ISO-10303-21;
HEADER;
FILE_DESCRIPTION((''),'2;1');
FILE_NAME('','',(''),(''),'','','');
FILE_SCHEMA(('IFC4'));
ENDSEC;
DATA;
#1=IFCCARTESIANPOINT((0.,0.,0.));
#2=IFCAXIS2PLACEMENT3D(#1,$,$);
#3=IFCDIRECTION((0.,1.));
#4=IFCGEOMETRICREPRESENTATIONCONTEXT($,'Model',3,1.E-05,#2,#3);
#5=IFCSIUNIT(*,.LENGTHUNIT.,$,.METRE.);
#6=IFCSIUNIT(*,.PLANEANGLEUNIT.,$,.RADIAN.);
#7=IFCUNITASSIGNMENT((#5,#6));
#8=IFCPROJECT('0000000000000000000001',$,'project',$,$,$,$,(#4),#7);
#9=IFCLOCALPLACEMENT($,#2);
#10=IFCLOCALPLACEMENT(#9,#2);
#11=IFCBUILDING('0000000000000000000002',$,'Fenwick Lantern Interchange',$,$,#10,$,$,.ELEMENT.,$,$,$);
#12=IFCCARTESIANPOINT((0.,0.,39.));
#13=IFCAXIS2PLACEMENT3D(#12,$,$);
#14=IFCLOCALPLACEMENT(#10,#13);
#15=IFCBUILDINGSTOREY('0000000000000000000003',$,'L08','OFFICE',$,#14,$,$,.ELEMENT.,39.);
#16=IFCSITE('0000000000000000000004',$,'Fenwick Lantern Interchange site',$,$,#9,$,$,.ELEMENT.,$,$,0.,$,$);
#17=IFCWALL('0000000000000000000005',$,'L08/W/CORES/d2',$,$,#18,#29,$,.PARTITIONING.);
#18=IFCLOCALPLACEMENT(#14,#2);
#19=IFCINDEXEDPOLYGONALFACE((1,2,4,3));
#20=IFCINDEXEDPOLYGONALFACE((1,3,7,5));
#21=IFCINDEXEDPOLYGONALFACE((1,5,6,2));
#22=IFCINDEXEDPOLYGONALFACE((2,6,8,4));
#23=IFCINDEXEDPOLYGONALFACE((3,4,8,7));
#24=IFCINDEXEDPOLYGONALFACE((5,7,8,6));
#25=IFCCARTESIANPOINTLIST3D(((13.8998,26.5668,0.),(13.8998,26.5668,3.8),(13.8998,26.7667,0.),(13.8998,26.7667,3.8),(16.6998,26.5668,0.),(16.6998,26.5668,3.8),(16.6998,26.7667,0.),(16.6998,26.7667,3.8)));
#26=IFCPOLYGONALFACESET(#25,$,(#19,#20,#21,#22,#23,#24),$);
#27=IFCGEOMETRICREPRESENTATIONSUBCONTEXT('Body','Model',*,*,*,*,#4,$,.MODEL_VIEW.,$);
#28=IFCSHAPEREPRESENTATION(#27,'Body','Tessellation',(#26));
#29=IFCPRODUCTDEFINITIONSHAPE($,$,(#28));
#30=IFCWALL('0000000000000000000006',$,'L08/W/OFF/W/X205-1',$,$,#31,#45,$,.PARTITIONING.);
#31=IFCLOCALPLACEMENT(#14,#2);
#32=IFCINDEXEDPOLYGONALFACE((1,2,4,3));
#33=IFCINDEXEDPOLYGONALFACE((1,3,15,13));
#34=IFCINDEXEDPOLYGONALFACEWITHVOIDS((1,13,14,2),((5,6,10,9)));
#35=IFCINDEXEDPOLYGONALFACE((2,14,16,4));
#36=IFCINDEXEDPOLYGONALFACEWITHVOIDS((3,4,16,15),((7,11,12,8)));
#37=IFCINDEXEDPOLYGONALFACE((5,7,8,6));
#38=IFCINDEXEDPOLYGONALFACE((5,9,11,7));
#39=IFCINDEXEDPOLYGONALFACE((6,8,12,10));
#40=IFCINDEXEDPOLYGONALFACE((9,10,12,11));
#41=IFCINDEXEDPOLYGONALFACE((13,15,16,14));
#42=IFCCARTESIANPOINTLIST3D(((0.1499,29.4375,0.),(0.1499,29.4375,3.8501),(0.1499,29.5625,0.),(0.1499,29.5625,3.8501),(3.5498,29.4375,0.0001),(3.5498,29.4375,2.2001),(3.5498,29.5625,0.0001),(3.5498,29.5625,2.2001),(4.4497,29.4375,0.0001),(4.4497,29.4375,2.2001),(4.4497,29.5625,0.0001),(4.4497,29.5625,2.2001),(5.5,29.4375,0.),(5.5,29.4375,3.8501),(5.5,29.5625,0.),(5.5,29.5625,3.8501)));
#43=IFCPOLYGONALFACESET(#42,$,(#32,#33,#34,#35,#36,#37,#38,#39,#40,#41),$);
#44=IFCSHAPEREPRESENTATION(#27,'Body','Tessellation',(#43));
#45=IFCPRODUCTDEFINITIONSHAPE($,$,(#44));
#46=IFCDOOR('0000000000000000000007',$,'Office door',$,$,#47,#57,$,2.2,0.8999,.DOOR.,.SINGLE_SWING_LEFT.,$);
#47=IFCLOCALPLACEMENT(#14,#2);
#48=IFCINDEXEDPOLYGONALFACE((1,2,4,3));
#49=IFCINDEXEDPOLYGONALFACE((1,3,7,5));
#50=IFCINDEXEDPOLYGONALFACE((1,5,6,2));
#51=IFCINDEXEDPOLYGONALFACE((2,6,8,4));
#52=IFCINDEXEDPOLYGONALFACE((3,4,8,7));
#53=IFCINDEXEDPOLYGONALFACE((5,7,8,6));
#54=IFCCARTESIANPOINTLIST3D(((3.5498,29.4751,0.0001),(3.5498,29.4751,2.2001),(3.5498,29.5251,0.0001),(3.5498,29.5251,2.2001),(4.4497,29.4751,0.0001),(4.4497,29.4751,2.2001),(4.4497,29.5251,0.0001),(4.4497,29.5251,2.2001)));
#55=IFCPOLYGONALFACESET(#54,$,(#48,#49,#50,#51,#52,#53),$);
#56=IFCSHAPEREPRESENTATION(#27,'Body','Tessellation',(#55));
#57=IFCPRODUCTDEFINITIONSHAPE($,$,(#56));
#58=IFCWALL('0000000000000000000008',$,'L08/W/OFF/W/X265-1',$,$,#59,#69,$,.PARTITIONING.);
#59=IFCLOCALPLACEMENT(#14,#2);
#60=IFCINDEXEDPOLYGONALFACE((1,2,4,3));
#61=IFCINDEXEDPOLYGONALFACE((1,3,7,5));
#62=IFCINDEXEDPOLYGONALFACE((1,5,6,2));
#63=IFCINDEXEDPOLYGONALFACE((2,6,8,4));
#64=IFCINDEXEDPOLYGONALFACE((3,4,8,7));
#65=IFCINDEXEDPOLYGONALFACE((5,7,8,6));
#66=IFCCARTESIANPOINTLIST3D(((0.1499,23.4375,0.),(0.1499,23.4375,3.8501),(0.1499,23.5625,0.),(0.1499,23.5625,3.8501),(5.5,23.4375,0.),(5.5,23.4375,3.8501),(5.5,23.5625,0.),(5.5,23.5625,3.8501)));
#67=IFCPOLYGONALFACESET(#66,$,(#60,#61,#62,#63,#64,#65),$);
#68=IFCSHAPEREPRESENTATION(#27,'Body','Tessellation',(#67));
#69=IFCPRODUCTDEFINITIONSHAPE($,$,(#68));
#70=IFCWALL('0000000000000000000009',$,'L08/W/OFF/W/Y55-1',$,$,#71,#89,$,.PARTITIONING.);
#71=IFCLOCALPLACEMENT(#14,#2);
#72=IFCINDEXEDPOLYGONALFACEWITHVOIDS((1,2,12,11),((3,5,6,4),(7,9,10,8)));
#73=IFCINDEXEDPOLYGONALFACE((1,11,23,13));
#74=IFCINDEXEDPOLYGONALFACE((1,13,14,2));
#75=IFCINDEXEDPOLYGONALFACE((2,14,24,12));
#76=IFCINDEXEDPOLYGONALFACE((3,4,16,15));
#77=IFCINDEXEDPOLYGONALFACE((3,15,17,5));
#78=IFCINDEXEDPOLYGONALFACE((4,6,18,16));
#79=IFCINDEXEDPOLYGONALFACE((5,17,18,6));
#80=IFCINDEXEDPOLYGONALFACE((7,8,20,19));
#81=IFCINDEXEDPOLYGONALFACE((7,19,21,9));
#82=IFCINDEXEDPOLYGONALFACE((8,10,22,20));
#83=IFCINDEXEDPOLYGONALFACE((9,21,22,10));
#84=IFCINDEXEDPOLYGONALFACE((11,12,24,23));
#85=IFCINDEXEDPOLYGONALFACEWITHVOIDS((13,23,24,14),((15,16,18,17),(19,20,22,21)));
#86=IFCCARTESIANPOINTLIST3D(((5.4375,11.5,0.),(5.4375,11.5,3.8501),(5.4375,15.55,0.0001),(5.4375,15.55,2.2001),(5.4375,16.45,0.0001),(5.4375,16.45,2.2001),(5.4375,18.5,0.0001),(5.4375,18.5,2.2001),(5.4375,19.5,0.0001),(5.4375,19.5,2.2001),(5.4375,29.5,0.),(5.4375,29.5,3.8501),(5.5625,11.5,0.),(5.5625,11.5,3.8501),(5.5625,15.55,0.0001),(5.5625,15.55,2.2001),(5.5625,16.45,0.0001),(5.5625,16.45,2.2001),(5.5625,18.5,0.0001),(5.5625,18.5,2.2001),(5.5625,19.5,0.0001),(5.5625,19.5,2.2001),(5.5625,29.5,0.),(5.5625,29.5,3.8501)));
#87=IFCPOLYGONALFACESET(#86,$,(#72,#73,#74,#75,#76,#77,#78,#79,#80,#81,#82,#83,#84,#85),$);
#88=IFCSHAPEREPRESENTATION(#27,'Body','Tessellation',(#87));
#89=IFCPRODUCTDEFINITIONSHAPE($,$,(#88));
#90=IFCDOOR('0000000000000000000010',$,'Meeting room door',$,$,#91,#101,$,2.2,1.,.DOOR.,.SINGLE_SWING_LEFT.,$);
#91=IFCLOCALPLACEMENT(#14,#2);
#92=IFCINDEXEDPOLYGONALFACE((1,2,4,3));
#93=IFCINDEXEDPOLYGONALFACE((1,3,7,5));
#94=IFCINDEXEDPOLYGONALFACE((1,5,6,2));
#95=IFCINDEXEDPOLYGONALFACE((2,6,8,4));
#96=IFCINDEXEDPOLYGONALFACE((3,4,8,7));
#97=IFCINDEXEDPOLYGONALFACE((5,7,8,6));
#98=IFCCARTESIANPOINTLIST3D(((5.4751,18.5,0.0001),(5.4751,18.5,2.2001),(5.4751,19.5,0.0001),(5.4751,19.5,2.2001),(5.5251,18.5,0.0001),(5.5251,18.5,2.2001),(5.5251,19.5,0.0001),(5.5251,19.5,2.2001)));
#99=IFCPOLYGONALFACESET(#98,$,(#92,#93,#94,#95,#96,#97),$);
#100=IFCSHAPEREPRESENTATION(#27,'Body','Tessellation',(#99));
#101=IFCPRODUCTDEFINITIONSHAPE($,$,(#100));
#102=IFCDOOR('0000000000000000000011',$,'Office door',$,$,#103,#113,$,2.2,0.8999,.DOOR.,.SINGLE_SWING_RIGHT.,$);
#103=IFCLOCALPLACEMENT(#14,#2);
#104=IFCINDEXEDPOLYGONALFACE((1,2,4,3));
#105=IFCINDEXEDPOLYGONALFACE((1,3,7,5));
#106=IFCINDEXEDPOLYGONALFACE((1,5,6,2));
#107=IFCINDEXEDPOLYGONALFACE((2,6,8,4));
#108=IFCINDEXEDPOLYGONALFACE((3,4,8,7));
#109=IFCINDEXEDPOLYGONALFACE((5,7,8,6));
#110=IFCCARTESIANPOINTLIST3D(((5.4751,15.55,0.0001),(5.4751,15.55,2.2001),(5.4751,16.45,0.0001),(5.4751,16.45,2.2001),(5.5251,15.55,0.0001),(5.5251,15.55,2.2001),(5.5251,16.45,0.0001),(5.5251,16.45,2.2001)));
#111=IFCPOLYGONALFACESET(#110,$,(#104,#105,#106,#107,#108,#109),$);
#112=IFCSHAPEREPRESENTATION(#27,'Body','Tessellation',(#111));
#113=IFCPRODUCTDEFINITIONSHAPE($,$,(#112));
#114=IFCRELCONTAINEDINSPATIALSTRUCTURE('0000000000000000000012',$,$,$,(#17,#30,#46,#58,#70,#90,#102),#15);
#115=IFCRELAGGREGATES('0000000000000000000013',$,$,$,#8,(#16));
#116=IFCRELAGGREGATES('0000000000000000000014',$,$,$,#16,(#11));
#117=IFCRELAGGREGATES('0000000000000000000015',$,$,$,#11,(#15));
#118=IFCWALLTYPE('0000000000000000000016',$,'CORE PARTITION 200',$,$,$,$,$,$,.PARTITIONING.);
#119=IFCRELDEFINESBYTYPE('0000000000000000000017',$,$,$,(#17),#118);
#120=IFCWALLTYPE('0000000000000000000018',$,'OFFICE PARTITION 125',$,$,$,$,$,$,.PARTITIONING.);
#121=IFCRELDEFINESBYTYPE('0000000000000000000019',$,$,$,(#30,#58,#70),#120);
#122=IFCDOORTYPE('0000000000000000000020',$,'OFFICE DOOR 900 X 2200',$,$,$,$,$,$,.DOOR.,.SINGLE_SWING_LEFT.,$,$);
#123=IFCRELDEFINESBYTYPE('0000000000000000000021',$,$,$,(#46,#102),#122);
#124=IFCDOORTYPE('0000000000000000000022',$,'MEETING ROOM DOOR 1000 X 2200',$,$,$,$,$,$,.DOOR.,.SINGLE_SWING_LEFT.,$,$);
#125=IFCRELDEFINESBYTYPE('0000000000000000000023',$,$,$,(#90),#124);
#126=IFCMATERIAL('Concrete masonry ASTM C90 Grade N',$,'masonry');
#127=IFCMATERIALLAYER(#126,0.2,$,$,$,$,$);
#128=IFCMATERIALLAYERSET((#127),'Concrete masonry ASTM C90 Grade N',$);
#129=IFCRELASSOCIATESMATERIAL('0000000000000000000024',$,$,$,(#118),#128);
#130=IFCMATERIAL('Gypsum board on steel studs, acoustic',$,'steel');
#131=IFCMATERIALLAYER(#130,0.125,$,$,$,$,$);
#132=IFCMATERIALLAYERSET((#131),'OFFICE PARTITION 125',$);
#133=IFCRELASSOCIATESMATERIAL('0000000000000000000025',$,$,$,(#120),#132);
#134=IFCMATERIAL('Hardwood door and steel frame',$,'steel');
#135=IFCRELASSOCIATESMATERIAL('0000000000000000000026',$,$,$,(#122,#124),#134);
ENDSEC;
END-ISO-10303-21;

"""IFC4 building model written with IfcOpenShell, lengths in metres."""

from ifc_helpers import new_model, si_unit, direction, frame, frame_2d, origin, place, context, subcontext, project, spatial, rectangle, extrude, material, layer, layer_set, type_object, element, fill, save


model = new_model("IFC4")

# Units and contexts
model_context = context("Model", 3, precision=1e-05, world=origin(), true_north=direction((0.0, 1.0)))
body_context = subcontext(model_context, "Body", "Model", "MODEL_VIEW")
ifc_project = project(units=[si_unit("LENGTHUNIT", "METRE"), si_unit("PLANEANGLEUNIT", "RADIAN")], contexts=[model_context])

# Site, building, storey
site_placement = place(None, origin())
site = spatial("IfcSite", under=ifc_project, at=site_placement, Name="Fenwick Lantern Interchange site", CompositionType="ELEMENT", RefElevation=0.0)
building_placement = place(site_placement, origin())
building = spatial("IfcBuilding", under=site, at=building_placement, Name="Fenwick Lantern Interchange", CompositionType="ELEMENT")
storey_placement = place(building_placement, frame((0.0, 0.0, 39.0)))
storey = spatial("IfcBuildingStorey", under=building, at=storey_placement, Name="L08", Description="OFFICE", CompositionType="ELEMENT", Elevation=39.0)

# Wall
ifc_material_1 = material(Name="Concrete masonry ASTM C90 Grade N", Category="masonry")
ifc_layer_1 = layer(ifc_material_1, 0.2)
ifc_layer_set_1 = layer_set([ifc_layer_1], Name="Concrete masonry ASTM C90 Grade N")
wall_type_1 = type_object("IfcWallType", Name="CORE PARTITION 200", PredefinedType="PARTITIONING", material=ifc_layer_set_1)
wall_1_placement = place(storey_placement, frame((13.8999, 26.6667, 0.0), z_axis=(0.0, 0.0, 1.0), x_axis=(1.0, 0.0, 0.0)))
element("IfcWall", 1, at=wall_1_placement, inside=storey, type_object=wall_type_1, Name="L08/W/CORES/d2", PredefinedType="PARTITIONING", context=body_context, shape_type="SweptSolid", body=[
    extrude(rectangle(XDim=2.8, YDim=0.2, at=frame_2d((1.3999, 0.0))), origin(), (0.0, 0.0, 1.0), 3.8),
])

# Wall, opening, door
ifc_material_2 = material(Name="Gypsum board on steel studs, acoustic", Category="steel")
ifc_layer_2 = layer(ifc_material_2, 0.125)
ifc_layer_set_2 = layer_set([ifc_layer_2], Name="OFFICE PARTITION 125")
wall_type_2 = type_object("IfcWallType", Name="OFFICE PARTITION 125", PredefinedType="PARTITIONING", material=ifc_layer_set_2)
wall_2_placement = place(storey_placement, frame((0.1499, 29.5, 0.0), z_axis=(0.0, 0.0, 1.0), x_axis=(1.0, 0.0, 0.0)))
wall_2 = element("IfcWall", 2, at=wall_2_placement, inside=storey, type_object=wall_type_2, Name="L08/W/OFF/W/X205-1", PredefinedType="PARTITIONING", context=body_context, shape_type="SweptSolid", body=[
    extrude(rectangle(XDim=5.3501, YDim=0.125, at=frame_2d((2.675, 0.0))), origin(), (0.0, 0.0, 1.0), 3.8501),
])
opening_1_placement = place(wall_2_placement, frame((3.3999, 0.0, 0.0)))
opening_1 = element("IfcOpeningElement", 3, at=opening_1_placement, cuts=wall_2, PredefinedType="OPENING", context=body_context, shape_type="SweptSolid", body=[
    extrude(rectangle(XDim=0.8999, YDim=2.2, at=frame_2d((0.45, 1.1001))), frame((0.0, 0.0725, 0.0), z_axis=(0.0, -1.0, 0.0), x_axis=(1.0, 0.0, 0.0)), (0.0, 0.0, 1.0), 0.145),
])
ifc_material_3 = material(Name="Hardwood door and steel frame", Category="steel")
door_type_1 = type_object("IfcDoorType", Name="OFFICE DOOR 900 X 2200", OperationType="SINGLE_SWING_LEFT", PredefinedType="DOOR", material=ifc_material_3)
door_1_placement = place(opening_1_placement, frame((0.8999, 0.0, 0.0), z_axis=(0.0, 0.0, 1.0), x_axis=(-1.0, 0.0, 0.0)))
door_1 = element("IfcDoor", 4, at=door_1_placement, inside=storey, type_object=door_type_1, Name="Office door", OperationType="SINGLE_SWING_LEFT", OverallHeight=2.2, OverallWidth=0.8999, PredefinedType="DOOR", context=body_context, shape_type="SweptSolid", body=[
    extrude(rectangle(XDim=0.8999, YDim=2.2, at=frame_2d((0.45, 1.1001))), frame((0.0, 0.0249, 0.0), z_axis=(0.0, -1.0, 0.0), x_axis=(1.0, 0.0, 0.0)), (0.0, 0.0, 1.0), 0.05),
])
fill(opening_1, door_1)

# Wall
wall_3_placement = place(storey_placement, frame((0.1499, 23.5, 0.0), z_axis=(0.0, 0.0, 1.0), x_axis=(1.0, 0.0, 0.0)))
element("IfcWall", 5, at=wall_3_placement, inside=storey, type_object=wall_type_2, Name="L08/W/OFF/W/X265-1", PredefinedType="PARTITIONING", context=body_context, shape_type="SweptSolid", body=[
    extrude(rectangle(XDim=5.3501, YDim=0.125, at=frame_2d((2.675, 0.0))), origin(), (0.0, 0.0, 1.0), 3.8501),
])

# Wall, openings, doors
wall_4_placement = place(storey_placement, frame((5.5, 29.5, 0.0), z_axis=(0.0, 0.0, 1.0), x_axis=(0.0, -1.0, 0.0)))
wall_4 = element("IfcWall", 6, at=wall_4_placement, inside=storey, type_object=wall_type_2, Name="L08/W/OFF/W/Y55-1", PredefinedType="PARTITIONING", context=body_context, shape_type="SweptSolid", body=[
    extrude(rectangle(XDim=18.0, YDim=0.125, at=frame_2d((9.0, 0.0))), origin(), (0.0, 0.0, 1.0), 3.8501),
])
opening_2_placement = place(wall_4_placement, frame((10.0, 0.0, 0.0)))
opening_2 = element("IfcOpeningElement", 7, at=opening_2_placement, cuts=wall_4, PredefinedType="OPENING", context=body_context, shape_type="SweptSolid", body=[
    extrude(rectangle(XDim=1.0, YDim=2.2, at=frame_2d((0.5, 1.1001))), frame((0.0, 0.0725, 0.0), z_axis=(0.0, -1.0, 0.0), x_axis=(1.0, 0.0, 0.0)), (0.0, 0.0, 1.0), 0.145),
])
opening_3_placement = place(wall_4_placement, frame((13.05, 0.0, 0.0)))
opening_3 = element("IfcOpeningElement", 8, at=opening_3_placement, cuts=wall_4, PredefinedType="OPENING", context=body_context, shape_type="SweptSolid", body=[
    extrude(rectangle(XDim=0.8999, YDim=2.2, at=frame_2d((0.45, 1.1001))), frame((0.0, 0.0725, 0.0), z_axis=(0.0, -1.0, 0.0), x_axis=(1.0, 0.0, 0.0)), (0.0, 0.0, 1.0), 0.145),
])
door_type_2 = type_object("IfcDoorType", Name="MEETING ROOM DOOR 1000 X 2200", OperationType="SINGLE_SWING_LEFT", PredefinedType="DOOR", material=ifc_material_3)
door_2_placement = place(opening_2_placement, frame((1.0, 0.0, 0.0), z_axis=(0.0, 0.0, 1.0), x_axis=(-1.0, 0.0, 0.0)))
door_2 = element("IfcDoor", 9, at=door_2_placement, inside=storey, type_object=door_type_2, Name="Meeting room door", OperationType="SINGLE_SWING_LEFT", OverallHeight=2.2, OverallWidth=1.0, PredefinedType="DOOR", context=body_context, shape_type="SweptSolid", body=[
    extrude(rectangle(XDim=1.0, YDim=2.2, at=frame_2d((0.5, 1.1001))), frame((0.0, 0.0249, 0.0), z_axis=(0.0, -1.0, 0.0), x_axis=(1.0, 0.0, 0.0)), (0.0, 0.0, 1.0), 0.05),
])
fill(opening_2, door_2)
door_3_placement = place(opening_3_placement, frame((0.8999, 0.0, 0.0), z_axis=(0.0, 0.0, 1.0), x_axis=(-1.0, 0.0, 0.0)))
door_3 = element("IfcDoor", 10, at=door_3_placement, inside=storey, type_object=door_type_1, Name="Office door", OperationType="SINGLE_SWING_RIGHT", OverallHeight=2.2, OverallWidth=0.8999, PredefinedType="DOOR", context=body_context, shape_type="SweptSolid", body=[
    extrude(rectangle(XDim=0.8999, YDim=2.2, at=frame_2d((0.45, 1.1001))), frame((0.0, 0.0249, 0.0), z_axis=(0.0, -1.0, 0.0), x_axis=(1.0, 0.0, 0.0)), (0.0, 0.0, 1.0), 0.05),
])
fill(opening_3, door_3)

save(model, "model.ifc")
